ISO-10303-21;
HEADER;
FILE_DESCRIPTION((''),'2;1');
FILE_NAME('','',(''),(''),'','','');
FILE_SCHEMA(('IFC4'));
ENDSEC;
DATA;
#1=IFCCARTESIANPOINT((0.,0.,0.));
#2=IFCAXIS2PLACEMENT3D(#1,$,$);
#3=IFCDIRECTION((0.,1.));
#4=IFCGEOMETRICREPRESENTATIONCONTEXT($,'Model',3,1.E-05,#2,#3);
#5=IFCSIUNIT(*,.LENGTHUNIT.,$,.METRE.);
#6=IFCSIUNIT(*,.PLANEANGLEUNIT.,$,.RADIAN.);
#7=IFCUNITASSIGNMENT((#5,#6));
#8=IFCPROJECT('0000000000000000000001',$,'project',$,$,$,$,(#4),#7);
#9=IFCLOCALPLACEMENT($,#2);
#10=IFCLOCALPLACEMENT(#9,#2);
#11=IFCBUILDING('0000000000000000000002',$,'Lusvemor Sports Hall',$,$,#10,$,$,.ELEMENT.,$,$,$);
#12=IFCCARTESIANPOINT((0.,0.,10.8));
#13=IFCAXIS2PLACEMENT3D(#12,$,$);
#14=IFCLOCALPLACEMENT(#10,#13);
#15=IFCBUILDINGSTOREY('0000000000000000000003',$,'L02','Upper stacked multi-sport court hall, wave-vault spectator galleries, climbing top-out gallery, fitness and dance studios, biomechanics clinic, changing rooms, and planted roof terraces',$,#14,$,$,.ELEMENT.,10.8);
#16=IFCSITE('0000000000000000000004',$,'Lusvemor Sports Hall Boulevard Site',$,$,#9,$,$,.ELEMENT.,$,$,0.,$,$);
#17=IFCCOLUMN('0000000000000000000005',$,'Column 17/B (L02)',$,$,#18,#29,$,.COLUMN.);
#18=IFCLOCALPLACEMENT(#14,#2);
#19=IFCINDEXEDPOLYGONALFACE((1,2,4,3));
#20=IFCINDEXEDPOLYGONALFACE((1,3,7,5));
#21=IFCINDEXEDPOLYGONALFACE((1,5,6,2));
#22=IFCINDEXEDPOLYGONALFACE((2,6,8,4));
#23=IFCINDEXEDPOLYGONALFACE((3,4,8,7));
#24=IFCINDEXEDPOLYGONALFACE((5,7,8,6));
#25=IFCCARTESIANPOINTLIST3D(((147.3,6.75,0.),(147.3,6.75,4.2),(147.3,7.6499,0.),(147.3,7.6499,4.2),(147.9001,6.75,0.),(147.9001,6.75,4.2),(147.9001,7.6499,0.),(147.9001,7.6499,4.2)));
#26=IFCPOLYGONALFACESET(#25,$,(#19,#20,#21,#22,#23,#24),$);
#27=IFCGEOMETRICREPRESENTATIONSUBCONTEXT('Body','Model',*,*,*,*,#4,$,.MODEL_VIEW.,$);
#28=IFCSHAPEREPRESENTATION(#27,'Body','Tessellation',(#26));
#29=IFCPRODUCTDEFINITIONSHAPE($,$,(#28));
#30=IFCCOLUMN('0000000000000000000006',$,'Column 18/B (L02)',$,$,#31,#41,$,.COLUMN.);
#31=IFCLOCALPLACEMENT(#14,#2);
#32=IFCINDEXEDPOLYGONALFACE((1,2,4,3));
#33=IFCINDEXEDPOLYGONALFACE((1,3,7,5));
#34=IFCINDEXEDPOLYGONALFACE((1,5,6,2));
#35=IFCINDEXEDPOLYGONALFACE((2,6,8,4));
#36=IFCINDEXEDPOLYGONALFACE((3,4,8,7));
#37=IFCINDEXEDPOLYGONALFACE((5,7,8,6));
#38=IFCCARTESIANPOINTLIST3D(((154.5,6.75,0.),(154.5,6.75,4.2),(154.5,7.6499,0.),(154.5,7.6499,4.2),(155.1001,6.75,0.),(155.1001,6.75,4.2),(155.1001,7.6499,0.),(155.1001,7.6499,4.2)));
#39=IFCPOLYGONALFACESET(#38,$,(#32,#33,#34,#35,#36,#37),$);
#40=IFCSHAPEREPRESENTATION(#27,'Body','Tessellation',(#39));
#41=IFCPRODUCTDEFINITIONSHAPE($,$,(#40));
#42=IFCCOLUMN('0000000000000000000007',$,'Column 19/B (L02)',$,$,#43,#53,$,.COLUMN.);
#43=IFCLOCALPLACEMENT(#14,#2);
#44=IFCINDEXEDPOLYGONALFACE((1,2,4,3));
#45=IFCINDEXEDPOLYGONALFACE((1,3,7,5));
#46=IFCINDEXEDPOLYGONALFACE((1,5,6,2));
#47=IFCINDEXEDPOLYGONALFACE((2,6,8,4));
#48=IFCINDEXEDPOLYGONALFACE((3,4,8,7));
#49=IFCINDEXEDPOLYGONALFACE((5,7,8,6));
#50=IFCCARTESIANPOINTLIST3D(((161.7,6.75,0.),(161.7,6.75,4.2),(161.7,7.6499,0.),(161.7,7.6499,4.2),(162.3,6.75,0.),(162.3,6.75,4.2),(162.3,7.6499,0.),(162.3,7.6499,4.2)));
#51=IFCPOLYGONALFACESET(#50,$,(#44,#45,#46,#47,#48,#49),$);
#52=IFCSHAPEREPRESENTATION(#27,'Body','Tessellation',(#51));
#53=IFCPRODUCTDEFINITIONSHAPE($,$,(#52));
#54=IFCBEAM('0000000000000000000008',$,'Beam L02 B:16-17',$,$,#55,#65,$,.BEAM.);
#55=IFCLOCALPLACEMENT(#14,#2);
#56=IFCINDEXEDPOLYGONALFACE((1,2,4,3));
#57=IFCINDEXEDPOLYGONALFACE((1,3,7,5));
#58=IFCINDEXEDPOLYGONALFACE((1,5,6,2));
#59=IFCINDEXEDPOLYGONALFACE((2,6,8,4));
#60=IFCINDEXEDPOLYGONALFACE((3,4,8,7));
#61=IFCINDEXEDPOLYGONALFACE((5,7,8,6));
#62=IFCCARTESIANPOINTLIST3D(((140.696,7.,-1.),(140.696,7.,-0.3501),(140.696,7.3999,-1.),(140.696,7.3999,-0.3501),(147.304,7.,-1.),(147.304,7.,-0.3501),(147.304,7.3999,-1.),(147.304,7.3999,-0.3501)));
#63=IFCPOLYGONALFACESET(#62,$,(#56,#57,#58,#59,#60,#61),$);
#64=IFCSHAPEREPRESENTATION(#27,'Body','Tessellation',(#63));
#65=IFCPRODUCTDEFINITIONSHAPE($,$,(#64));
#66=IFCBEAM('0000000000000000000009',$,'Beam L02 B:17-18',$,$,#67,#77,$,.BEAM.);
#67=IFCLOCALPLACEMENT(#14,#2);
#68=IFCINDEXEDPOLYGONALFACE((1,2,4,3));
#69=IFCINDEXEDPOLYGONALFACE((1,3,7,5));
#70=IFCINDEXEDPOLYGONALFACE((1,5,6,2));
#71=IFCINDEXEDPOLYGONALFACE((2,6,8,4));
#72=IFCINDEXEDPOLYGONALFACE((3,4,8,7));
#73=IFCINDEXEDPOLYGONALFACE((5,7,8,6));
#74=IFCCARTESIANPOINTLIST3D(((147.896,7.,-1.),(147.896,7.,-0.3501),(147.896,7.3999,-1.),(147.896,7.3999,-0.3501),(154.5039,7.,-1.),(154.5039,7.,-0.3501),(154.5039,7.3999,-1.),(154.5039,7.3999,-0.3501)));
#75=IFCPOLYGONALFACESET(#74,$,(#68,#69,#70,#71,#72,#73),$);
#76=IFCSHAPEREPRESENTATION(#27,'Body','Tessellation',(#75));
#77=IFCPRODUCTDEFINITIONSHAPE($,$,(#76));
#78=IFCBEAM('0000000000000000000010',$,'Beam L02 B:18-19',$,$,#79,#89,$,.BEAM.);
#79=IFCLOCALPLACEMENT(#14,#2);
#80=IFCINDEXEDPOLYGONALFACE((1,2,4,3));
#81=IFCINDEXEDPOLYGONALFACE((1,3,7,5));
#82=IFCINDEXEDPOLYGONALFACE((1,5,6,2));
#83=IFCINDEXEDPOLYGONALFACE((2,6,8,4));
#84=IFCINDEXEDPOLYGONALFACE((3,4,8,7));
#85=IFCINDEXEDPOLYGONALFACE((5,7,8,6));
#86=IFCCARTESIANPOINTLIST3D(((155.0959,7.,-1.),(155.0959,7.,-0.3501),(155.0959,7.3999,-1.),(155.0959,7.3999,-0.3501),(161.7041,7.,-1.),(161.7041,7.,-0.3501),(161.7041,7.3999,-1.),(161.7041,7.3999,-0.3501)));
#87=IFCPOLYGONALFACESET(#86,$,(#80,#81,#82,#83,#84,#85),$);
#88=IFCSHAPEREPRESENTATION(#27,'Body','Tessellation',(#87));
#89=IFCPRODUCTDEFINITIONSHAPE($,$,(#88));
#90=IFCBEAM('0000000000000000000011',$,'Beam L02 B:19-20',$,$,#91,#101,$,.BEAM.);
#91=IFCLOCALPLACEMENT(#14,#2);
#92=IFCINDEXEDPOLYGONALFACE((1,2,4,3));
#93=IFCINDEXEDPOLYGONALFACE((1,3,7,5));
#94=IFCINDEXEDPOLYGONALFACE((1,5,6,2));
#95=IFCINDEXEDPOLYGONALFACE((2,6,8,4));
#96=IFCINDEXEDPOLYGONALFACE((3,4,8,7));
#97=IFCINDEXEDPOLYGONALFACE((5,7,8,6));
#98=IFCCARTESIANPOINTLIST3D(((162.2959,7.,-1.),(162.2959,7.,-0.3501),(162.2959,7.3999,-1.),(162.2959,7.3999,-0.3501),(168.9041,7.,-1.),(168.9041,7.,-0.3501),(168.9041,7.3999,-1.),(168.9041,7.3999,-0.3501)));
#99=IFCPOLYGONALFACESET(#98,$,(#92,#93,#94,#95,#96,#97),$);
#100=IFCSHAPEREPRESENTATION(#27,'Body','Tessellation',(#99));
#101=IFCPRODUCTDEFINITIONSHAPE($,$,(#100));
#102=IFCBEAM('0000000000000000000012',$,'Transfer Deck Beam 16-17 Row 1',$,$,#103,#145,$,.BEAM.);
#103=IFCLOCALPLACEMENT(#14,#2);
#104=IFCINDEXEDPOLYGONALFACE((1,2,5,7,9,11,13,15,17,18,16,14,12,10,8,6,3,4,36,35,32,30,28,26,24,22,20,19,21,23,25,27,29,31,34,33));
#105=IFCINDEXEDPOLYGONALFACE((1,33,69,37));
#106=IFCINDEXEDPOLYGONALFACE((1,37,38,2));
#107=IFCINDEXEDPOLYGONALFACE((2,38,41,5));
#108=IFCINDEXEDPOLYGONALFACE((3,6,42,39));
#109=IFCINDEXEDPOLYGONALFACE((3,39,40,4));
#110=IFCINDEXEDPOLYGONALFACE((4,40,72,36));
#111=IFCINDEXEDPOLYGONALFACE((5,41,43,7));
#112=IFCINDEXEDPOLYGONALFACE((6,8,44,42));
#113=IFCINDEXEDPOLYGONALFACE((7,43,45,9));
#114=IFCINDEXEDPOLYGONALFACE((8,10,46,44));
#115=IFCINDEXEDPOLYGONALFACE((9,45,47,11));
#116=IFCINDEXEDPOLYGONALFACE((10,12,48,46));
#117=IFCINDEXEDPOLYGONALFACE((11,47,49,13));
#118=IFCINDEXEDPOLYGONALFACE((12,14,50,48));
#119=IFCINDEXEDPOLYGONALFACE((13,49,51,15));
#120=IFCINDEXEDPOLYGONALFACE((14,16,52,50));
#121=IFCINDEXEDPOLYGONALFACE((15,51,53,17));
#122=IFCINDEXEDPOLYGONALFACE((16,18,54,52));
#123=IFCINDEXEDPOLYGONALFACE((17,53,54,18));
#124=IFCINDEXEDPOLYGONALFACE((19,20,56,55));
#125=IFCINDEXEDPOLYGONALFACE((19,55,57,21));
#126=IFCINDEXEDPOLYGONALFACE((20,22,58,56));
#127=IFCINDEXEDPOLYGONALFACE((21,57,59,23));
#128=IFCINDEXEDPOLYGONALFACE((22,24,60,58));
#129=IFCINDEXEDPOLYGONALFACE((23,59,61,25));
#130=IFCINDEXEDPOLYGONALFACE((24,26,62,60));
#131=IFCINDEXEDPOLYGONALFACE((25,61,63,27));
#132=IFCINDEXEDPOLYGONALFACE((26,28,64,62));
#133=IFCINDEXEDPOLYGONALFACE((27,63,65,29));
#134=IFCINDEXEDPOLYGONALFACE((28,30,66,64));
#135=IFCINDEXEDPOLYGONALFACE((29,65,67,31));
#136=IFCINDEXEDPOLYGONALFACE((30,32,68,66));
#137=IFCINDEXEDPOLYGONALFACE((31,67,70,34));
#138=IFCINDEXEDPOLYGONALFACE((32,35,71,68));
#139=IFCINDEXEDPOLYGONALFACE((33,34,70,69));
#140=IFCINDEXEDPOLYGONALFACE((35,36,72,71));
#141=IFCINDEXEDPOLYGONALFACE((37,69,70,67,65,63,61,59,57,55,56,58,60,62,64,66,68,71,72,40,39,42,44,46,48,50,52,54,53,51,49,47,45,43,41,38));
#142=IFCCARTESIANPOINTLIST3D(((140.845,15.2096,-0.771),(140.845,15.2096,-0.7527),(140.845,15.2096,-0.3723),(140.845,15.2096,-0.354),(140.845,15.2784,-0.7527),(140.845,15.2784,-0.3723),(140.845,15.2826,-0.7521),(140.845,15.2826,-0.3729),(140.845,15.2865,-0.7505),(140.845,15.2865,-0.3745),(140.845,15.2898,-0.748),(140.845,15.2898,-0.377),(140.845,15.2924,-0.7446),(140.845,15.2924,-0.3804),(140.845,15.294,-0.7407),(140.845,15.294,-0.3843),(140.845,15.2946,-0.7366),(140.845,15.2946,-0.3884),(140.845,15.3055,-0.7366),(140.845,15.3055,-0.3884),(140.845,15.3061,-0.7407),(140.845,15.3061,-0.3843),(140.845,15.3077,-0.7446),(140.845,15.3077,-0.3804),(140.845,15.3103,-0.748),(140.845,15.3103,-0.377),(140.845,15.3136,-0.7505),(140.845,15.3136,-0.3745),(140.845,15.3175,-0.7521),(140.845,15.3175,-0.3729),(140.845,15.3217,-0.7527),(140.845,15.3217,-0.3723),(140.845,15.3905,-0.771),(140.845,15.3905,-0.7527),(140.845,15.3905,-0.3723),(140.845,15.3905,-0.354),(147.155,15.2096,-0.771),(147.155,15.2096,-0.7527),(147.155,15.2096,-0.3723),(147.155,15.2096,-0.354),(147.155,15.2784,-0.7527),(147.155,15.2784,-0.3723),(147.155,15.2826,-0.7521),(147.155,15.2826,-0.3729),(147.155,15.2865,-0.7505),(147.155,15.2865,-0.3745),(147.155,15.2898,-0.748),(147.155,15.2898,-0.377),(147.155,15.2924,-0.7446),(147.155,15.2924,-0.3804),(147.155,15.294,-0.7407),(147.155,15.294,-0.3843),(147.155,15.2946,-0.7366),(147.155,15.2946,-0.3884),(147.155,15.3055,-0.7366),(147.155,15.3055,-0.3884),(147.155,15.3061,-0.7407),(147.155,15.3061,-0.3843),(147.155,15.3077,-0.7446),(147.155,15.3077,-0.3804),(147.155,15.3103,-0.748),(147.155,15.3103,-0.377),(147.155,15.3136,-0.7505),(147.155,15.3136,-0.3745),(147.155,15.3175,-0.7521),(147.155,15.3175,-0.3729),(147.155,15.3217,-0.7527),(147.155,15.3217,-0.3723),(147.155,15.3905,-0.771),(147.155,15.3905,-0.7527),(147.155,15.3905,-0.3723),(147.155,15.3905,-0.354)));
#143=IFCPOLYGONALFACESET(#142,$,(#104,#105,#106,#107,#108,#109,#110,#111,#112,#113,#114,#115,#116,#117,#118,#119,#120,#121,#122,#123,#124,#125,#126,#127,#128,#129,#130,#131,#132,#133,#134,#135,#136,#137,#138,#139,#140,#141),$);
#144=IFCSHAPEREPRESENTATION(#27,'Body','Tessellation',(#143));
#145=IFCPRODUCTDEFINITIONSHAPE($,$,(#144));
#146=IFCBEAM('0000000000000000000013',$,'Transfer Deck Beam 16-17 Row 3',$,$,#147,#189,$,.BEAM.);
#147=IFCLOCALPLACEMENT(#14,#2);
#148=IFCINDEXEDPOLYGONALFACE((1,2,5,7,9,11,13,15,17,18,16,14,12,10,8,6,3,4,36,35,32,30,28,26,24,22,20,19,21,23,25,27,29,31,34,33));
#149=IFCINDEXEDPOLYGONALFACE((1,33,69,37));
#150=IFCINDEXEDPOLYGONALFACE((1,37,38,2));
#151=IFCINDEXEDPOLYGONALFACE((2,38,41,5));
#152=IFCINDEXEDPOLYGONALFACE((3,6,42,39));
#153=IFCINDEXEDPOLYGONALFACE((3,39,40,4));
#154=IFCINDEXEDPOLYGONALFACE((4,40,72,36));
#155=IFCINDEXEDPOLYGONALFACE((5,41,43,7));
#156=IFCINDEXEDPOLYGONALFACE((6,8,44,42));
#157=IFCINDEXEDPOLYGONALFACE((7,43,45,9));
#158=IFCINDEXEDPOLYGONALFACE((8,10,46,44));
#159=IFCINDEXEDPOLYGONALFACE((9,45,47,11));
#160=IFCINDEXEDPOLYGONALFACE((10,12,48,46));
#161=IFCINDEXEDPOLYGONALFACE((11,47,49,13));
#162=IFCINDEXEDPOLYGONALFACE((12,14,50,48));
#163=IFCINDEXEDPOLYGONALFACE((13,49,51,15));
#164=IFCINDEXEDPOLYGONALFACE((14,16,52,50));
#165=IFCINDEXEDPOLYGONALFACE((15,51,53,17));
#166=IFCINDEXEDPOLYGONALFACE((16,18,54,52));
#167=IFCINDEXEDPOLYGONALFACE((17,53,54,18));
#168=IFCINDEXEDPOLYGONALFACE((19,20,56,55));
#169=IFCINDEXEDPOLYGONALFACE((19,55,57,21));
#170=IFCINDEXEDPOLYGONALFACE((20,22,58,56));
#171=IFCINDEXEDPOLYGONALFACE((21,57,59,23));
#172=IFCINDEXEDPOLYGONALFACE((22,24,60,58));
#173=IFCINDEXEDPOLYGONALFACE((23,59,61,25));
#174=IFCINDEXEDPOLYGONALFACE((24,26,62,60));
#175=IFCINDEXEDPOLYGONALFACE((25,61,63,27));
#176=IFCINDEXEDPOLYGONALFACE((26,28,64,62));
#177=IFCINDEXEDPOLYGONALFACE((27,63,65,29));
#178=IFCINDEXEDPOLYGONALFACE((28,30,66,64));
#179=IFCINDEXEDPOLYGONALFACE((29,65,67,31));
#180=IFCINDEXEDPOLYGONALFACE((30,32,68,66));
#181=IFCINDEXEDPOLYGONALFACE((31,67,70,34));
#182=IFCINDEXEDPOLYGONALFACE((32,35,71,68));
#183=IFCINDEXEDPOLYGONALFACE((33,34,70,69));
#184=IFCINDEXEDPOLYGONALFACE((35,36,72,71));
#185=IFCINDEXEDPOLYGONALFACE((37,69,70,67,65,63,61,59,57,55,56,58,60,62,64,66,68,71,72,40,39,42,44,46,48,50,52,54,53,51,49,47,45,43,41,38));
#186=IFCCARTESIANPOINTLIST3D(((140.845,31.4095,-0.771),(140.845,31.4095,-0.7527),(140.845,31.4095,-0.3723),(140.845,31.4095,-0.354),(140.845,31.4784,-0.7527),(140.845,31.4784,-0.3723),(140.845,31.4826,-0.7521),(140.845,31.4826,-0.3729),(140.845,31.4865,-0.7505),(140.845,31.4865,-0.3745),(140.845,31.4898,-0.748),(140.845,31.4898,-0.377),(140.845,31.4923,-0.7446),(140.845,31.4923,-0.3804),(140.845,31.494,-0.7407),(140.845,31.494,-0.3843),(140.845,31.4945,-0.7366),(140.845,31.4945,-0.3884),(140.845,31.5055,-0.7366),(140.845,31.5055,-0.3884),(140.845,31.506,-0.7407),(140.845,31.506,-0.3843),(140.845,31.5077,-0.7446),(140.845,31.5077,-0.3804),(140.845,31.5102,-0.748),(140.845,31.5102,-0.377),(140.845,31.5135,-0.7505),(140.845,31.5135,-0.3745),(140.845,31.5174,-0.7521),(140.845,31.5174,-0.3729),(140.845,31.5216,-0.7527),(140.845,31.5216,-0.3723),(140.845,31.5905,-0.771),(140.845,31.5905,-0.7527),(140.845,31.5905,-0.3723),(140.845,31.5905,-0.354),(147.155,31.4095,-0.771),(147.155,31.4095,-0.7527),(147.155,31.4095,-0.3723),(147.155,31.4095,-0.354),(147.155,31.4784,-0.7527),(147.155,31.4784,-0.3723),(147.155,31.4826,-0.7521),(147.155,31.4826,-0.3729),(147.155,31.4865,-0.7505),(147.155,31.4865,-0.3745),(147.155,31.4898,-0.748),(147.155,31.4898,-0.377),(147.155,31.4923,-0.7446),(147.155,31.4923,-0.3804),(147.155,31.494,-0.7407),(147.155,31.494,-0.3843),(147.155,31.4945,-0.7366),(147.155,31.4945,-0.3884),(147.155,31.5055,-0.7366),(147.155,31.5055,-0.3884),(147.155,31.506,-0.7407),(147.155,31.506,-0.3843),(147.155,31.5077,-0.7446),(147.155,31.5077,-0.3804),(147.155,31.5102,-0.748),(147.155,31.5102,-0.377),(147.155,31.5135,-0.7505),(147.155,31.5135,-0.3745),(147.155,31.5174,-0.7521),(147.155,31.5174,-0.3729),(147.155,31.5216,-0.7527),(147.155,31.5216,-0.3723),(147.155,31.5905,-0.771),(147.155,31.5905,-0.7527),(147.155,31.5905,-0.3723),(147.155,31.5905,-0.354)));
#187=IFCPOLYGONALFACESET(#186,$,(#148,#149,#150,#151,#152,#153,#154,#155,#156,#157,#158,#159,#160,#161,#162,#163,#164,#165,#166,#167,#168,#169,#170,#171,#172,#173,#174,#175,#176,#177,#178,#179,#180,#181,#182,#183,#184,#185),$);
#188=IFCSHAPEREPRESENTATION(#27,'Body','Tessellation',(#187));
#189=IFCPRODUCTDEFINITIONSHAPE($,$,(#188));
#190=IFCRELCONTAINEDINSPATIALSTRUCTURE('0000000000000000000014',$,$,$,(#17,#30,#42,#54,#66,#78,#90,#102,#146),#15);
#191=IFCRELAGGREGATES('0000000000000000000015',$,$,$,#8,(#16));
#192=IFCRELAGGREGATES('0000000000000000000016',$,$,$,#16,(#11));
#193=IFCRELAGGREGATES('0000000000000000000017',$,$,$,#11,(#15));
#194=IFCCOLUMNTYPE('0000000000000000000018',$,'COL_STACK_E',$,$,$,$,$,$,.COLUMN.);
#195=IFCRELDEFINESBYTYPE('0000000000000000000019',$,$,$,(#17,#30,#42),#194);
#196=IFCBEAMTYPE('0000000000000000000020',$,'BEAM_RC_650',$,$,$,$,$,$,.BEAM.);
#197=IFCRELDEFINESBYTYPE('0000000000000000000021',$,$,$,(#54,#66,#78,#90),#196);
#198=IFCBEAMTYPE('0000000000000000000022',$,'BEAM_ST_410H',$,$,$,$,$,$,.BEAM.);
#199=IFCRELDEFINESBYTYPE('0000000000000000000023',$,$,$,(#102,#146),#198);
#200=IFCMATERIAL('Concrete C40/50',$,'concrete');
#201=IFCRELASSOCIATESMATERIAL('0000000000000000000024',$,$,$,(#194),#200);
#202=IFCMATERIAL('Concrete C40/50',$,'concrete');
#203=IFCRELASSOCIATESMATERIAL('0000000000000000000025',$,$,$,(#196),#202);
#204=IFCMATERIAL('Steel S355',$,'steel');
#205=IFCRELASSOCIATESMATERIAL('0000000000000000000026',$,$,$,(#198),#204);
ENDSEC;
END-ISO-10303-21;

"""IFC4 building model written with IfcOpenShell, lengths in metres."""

from ifc_helpers import new_model, si_unit, direction, frame, origin, origin_2d, place, context, subcontext, project, spatial, rectangle, i_section, extrude, material, material_profile, profile_set, type_object, element, save


model = new_model("IFC4")

# Units and contexts
model_context = context("Model", 3, precision=1e-05, world=origin(), true_north=direction((0.0, 1.0)))
body_context = subcontext(model_context, "Body", "Model", "MODEL_VIEW")
ifc_project = project(units=[si_unit("LENGTHUNIT", "METRE"), si_unit("PLANEANGLEUNIT", "RADIAN")], contexts=[model_context])

# Site, building, storey
site_placement = place(None, origin())
site = spatial("IfcSite", under=ifc_project, at=site_placement, Name="Lusvemor Sports Hall Boulevard Site", CompositionType="ELEMENT", RefElevation=0.0)
building_placement = place(site_placement, origin())
building = spatial("IfcBuilding", under=site, at=building_placement, Name="Lusvemor Sports Hall", CompositionType="ELEMENT")
storey_placement = place(building_placement, frame((0.0, 0.0, 10.8)))
storey = spatial("IfcBuildingStorey", under=building, at=storey_placement, Name="L02", Description="Upper stacked multi-sport court hall, wave-vault spectator galleries, climbing top-out gallery, fitness and dance studios, biomechanics clinic, changing rooms, and planted roof terraces", CompositionType="ELEMENT", Elevation=10.8)

# Columns
ifc_material_1 = material(Name="Concrete C40/50", Category="concrete")
ifc_material_profile_1 = material_profile(ifc_material_1, rectangle(XDim=0.6001, YDim=0.8999, at=origin_2d()), Name="RC600x900")
ifc_profile_set_1 = profile_set([ifc_material_profile_1], Name="Concrete C40/50")
column_type = type_object("IfcColumnType", Name="COL_STACK_E", PredefinedType="COLUMN", material=ifc_profile_set_1)
for number, where, z_axis, x_axis, name in (
    (1, (147.6001, 7.2, 0.0), (0.0, 0.0, 1.0), (1.0, 0.0, 0.0), "Column 17/B (L02)"),
    (2, (154.8, 7.2, 0.0), (0.0, 0.0, 1.0), (1.0, 0.0, 0.0), "Column 18/B (L02)"),
    (3, (162.0, 7.2, 0.0), (0.0, 0.0, 1.0), (1.0, 0.0, 0.0), "Column 19/B (L02)"),
):
    element("IfcColumn", number, at=place(storey_placement, frame(where, z_axis=z_axis, x_axis=x_axis)), inside=storey, type_object=column_type, Name=name, PredefinedType="COLUMN", context=body_context, shape_type="SweptSolid", body=[
        extrude(rectangle(XDim=0.6001, YDim=0.8999, at=origin_2d()), origin(), (0.0, 0.0, 1.0), 4.2),
    ])

# Beams
ifc_material_2 = material(Name="Concrete C40/50", Category="concrete")
ifc_material_profile_2 = material_profile(ifc_material_2, rectangle(XDim=0.3999, YDim=0.6499, at=origin_2d()), Name="RC400x650")
ifc_profile_set_2 = profile_set([ifc_material_profile_2], Name="Concrete C40/50")
beam_type_1 = type_object("IfcBeamType", Name="BEAM_RC_650", PredefinedType="BEAM", material=ifc_profile_set_2)
for number, where, z_axis, x_axis, name in (
    (4, (140.696, 7.2, -0.675), (1.0, 0.0, 0.0), (0.0, 1.0, 0.0), "Beam L02 B:16-17"),
    (5, (147.896, 7.2, -0.675), (1.0, 0.0, 0.0), (0.0, 1.0, 0.0), "Beam L02 B:17-18"),
):
    element("IfcBeam", number, at=place(storey_placement, frame(where, z_axis=z_axis, x_axis=x_axis)), inside=storey, type_object=beam_type_1, Name=name, PredefinedType="BEAM", context=body_context, shape_type="SweptSolid", body=[
        extrude(rectangle(XDim=0.3999, YDim=0.6499, at=origin_2d()), origin(), (0.0, 0.0, 1.0), 6.6079),
    ])
for number, where, z_axis, x_axis, name in (
    (6, (155.0959, 7.2, -0.675), (1.0, 0.0, 0.0), (0.0, 1.0, 0.0), "Beam L02 B:18-19"),
    (7, (162.2959, 7.2, -0.675), (1.0, 0.0, 0.0), (0.0, 1.0, 0.0), "Beam L02 B:19-20"),
):
    element("IfcBeam", number, at=place(storey_placement, frame(where, z_axis=z_axis, x_axis=x_axis)), inside=storey, type_object=beam_type_1, Name=name, PredefinedType="BEAM", context=body_context, shape_type="SweptSolid", body=[
        extrude(rectangle(XDim=0.3999, YDim=0.6499, at=origin_2d()), origin(), (0.0, 0.0, 1.0), 6.6082),
    ])
ifc_material_3 = material(Name="Steel S355", Category="steel")
ifc_material_profile_3 = material_profile(ifc_material_3, i_section(OverallWidth=0.1809, OverallDepth=0.417, WebThickness=0.011, FlangeThickness=0.0183, FilletRadius=0.0161, at=origin_2d()), Name="W410x85.0")
ifc_profile_set_3 = profile_set([ifc_material_profile_3], Name="Steel S355")
beam_type_2 = type_object("IfcBeamType", Name="BEAM_ST_410H", PredefinedType="BEAM", material=ifc_profile_set_3)
for number, where, z_axis, x_axis, name in (
    (8, (140.845, 15.3, -0.5625), (1.0, 0.0, 0.0), (0.0, 1.0, 0.0), "Transfer Deck Beam 16-17 Row 1"),
    (9, (140.845, 31.5, -0.5625), (1.0, 0.0, 0.0), (0.0, 1.0, 0.0), "Transfer Deck Beam 16-17 Row 3"),
):
    element("IfcBeam", number, at=place(storey_placement, frame(where, z_axis=z_axis, x_axis=x_axis)), inside=storey, type_object=beam_type_2, Name=name, PredefinedType="BEAM", context=body_context, shape_type="SweptSolid", body=[
        extrude(i_section(OverallWidth=0.1809, OverallDepth=0.417, WebThickness=0.011, FlangeThickness=0.0183, FilletRadius=0.0161, at=origin_2d()), origin(), (0.0, 0.0, 1.0), 6.3101),
    ])

save(model, "model.ifc")
